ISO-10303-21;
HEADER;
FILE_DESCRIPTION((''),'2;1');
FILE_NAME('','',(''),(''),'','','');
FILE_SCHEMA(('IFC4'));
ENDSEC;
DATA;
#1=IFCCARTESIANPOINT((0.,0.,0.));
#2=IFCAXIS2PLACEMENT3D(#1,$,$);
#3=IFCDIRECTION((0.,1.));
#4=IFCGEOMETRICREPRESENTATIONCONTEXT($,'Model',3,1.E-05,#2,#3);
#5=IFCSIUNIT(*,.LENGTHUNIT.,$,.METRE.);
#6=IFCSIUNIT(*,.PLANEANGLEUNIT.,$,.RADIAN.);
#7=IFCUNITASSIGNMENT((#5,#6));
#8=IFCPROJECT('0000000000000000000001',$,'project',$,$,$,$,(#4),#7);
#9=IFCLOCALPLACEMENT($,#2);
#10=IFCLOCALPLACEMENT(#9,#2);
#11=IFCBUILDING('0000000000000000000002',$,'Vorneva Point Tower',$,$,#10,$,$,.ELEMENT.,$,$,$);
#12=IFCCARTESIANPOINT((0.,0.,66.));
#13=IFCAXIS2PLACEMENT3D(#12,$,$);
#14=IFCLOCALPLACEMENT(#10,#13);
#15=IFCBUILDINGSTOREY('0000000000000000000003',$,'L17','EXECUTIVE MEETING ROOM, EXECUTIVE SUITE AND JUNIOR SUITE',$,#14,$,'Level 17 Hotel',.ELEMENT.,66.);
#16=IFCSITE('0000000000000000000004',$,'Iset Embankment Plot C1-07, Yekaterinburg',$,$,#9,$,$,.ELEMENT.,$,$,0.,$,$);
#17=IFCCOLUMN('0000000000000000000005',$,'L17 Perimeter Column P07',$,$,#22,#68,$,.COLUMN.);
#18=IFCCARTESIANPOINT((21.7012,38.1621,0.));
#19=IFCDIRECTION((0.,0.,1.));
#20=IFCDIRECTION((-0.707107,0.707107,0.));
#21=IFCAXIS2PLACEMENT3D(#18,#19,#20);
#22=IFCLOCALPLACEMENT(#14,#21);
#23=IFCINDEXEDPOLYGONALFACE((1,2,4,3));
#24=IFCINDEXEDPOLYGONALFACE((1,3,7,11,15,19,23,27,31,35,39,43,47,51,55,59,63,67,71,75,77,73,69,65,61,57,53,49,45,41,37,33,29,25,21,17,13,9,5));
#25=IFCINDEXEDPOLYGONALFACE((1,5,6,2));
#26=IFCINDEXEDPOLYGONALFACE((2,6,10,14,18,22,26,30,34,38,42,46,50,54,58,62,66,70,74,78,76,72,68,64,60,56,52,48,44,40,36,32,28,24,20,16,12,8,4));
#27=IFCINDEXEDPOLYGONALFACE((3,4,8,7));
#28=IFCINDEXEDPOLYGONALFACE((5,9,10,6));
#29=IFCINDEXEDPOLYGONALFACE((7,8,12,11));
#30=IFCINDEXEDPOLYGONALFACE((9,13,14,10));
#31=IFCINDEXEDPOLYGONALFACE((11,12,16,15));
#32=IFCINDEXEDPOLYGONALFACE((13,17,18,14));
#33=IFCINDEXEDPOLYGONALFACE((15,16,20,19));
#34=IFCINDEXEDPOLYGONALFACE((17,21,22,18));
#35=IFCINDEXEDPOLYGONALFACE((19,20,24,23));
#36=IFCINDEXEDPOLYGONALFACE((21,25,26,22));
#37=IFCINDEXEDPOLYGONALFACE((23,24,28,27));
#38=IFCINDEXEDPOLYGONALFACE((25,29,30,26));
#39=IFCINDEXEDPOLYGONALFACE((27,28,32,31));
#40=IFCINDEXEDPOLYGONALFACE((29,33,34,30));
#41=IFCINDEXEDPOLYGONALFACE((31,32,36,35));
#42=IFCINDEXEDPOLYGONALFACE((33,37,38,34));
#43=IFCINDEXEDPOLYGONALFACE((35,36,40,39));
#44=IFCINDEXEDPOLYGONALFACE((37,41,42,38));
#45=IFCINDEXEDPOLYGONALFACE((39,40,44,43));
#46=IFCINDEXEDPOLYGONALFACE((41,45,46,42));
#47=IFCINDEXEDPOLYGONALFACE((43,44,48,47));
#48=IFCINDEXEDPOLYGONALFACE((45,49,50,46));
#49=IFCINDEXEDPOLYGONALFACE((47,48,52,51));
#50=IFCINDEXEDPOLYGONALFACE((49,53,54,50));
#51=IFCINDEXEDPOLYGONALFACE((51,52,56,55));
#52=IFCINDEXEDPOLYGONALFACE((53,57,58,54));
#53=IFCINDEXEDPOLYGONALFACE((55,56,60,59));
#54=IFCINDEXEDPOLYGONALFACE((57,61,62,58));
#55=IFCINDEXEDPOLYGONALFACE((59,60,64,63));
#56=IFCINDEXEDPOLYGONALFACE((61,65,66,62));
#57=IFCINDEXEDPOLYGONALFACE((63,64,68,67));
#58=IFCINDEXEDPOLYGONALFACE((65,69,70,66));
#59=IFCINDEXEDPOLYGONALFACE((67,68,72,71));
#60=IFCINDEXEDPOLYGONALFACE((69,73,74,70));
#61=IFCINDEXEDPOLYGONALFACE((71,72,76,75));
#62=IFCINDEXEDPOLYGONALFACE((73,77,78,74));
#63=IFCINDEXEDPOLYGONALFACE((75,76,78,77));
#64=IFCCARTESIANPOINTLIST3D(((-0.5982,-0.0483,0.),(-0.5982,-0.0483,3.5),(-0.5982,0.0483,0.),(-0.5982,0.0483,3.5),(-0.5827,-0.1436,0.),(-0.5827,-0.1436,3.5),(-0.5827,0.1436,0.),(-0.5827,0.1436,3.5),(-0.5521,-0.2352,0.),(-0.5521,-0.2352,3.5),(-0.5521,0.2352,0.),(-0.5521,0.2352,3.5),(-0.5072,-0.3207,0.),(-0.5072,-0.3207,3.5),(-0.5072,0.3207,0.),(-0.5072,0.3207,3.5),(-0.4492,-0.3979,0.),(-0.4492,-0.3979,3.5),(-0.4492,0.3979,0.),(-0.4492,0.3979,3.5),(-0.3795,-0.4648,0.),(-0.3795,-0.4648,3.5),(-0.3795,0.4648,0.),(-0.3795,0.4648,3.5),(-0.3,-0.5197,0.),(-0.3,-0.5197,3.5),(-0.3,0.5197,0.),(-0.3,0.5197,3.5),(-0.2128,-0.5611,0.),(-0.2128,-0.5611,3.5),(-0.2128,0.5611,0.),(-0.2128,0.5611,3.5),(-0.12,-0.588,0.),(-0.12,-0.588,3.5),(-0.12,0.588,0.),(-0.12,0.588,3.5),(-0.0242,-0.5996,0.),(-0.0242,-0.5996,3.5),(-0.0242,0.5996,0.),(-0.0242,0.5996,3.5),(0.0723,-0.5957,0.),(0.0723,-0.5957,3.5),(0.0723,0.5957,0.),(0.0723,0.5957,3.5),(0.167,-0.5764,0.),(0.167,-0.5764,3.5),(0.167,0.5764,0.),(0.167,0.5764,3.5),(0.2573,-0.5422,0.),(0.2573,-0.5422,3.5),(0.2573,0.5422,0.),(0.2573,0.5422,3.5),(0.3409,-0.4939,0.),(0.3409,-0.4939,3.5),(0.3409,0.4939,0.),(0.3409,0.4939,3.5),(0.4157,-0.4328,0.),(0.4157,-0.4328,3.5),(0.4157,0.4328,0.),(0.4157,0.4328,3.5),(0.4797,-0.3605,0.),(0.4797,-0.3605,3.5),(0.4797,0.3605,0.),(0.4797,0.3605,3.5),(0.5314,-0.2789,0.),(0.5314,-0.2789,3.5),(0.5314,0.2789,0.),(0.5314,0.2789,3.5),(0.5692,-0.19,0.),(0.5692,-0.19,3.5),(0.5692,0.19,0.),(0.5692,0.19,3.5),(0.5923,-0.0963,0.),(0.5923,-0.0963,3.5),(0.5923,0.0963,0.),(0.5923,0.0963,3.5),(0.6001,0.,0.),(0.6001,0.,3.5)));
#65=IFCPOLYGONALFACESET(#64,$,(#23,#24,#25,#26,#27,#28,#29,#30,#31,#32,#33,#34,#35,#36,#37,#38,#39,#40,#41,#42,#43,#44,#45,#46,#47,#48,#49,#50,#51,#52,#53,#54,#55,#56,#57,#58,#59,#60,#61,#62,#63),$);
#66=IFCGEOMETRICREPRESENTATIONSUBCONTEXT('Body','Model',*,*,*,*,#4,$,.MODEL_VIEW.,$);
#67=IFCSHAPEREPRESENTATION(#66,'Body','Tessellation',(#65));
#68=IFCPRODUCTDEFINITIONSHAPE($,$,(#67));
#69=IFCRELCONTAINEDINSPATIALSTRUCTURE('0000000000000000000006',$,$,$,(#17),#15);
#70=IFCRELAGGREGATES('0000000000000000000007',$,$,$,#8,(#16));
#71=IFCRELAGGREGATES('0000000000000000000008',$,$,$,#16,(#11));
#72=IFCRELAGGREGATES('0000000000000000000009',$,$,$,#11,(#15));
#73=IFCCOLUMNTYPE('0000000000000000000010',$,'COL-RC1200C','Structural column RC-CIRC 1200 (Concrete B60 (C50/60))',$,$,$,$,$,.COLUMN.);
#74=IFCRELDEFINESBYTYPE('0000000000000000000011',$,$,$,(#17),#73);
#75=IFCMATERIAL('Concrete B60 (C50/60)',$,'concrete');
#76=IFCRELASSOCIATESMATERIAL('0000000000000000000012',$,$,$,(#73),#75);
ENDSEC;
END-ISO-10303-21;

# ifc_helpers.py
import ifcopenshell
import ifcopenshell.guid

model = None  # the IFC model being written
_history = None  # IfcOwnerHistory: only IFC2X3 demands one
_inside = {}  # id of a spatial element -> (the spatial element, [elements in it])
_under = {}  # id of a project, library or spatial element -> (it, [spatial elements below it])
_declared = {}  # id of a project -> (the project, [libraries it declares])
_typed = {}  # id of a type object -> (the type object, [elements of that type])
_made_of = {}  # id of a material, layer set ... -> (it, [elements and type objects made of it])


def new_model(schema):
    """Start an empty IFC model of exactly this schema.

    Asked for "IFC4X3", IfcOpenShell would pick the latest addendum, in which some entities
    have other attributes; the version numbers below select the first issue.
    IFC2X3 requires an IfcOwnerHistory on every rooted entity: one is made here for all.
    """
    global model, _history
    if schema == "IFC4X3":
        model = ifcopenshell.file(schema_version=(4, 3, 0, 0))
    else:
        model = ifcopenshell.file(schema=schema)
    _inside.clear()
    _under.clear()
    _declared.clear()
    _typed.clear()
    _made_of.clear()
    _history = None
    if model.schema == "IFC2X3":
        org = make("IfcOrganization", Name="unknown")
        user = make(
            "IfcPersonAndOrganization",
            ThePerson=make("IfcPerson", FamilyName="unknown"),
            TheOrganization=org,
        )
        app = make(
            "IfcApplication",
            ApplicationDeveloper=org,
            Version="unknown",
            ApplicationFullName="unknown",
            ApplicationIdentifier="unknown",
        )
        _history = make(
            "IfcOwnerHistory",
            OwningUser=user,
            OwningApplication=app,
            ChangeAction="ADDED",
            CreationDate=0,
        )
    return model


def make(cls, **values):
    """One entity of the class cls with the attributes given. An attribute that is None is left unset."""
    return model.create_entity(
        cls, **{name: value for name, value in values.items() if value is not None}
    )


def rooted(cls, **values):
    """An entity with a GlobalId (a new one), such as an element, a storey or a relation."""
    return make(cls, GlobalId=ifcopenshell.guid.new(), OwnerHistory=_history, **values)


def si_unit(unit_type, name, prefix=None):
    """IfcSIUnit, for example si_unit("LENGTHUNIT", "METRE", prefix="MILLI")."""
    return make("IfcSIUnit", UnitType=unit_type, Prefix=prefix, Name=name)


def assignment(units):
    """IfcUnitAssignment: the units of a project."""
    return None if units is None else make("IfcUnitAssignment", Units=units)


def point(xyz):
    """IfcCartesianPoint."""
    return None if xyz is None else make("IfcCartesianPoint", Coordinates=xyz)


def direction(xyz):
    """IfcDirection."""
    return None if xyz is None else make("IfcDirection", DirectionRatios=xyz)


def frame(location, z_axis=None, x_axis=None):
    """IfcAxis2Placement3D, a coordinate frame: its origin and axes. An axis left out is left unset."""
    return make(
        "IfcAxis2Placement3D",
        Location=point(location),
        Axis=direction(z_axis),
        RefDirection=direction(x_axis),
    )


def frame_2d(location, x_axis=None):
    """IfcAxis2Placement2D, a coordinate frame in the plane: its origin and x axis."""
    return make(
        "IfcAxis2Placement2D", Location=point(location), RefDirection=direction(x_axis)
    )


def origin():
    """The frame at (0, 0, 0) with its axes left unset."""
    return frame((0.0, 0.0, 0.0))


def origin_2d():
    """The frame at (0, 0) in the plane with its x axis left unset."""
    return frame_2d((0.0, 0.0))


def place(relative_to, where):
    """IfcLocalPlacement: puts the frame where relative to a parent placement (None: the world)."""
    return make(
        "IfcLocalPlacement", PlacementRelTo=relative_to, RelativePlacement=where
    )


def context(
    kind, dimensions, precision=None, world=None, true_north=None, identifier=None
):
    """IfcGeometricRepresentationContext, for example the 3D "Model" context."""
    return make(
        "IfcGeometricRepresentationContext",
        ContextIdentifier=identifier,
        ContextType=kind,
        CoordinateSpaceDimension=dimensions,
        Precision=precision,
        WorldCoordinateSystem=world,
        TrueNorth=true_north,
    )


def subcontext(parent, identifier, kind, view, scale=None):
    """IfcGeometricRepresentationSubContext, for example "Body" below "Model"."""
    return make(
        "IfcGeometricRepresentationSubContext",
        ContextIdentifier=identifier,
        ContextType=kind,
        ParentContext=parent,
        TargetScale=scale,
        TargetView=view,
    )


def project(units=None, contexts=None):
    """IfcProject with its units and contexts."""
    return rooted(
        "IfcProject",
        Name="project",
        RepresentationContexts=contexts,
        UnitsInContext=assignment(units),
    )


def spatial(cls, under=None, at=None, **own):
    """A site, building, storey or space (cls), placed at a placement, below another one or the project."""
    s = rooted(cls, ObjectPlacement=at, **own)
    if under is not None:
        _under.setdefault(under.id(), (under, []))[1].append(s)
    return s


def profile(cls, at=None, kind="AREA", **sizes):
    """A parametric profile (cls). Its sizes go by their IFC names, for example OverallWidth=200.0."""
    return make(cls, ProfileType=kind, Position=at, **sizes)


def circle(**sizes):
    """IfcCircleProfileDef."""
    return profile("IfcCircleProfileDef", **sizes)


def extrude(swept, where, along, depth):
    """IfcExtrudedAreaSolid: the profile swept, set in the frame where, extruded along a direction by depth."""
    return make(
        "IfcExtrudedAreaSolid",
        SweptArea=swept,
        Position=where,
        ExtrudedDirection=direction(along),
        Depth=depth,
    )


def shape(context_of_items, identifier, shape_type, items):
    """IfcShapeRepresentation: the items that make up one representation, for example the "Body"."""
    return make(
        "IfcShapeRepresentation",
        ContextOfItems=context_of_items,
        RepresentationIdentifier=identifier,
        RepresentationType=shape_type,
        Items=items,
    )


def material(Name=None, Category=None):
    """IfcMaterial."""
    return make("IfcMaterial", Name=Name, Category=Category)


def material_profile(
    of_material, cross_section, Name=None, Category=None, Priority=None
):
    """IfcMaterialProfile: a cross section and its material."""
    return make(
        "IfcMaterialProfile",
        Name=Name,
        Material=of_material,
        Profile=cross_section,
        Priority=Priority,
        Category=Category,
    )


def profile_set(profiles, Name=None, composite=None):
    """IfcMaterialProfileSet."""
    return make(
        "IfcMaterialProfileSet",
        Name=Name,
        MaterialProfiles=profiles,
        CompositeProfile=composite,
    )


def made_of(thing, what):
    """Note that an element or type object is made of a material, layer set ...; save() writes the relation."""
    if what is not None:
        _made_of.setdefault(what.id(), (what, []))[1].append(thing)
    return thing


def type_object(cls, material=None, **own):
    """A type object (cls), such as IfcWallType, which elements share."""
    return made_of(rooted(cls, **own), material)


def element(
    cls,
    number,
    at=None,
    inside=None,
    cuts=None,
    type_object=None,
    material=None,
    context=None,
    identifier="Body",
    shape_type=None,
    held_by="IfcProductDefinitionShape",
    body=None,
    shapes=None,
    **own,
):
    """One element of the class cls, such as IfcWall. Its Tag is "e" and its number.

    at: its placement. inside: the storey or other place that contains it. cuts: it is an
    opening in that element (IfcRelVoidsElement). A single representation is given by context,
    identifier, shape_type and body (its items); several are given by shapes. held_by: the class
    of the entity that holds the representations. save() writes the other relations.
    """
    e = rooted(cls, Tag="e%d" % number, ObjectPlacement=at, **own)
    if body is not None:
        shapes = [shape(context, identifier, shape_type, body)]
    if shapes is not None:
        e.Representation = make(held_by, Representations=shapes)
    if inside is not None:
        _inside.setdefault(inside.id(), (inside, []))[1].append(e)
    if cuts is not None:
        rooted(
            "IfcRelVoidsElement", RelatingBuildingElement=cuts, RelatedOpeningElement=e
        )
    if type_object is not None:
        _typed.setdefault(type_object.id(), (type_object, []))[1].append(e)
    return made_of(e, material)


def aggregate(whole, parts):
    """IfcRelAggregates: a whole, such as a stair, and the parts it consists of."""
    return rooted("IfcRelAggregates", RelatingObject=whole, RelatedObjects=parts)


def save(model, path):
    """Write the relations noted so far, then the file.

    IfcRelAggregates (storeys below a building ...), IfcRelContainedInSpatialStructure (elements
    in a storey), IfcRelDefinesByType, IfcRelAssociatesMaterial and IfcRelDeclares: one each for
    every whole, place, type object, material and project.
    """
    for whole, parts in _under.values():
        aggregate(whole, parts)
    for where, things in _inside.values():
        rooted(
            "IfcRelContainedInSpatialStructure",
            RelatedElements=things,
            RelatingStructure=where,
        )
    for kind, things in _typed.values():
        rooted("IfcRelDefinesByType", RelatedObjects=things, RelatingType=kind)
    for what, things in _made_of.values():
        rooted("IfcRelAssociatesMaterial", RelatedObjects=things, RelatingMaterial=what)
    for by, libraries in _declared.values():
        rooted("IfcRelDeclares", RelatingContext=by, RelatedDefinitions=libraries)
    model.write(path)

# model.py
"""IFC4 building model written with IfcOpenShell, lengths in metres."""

from ifc_helpers import new_model, si_unit, direction, frame, origin, origin_2d, place, context, subcontext, project, spatial, circle, extrude, material, material_profile, profile_set, type_object, element, save


model = new_model("IFC4")

# Units and contexts
model_context = context("Model", 3, precision=1e-05, world=origin(), true_north=direction((0.0, 1.0)))
body_context = subcontext(model_context, "Body", "Model", "MODEL_VIEW")
ifc_project = project(units=[si_unit("LENGTHUNIT", "METRE"), si_unit("PLANEANGLEUNIT", "RADIAN")], contexts=[model_context])

# Site, building, storey
site_placement = place(None, origin())
site = spatial("IfcSite", under=ifc_project, at=site_placement, Name="Iset Embankment Plot C1-07, Yekaterinburg", CompositionType="ELEMENT", RefElevation=0.0)
building_placement = place(site_placement, origin())
building = spatial("IfcBuilding", under=site, at=building_placement, Name="Vorneva Point Tower", CompositionType="ELEMENT")
storey_placement = place(building_placement, frame((0.0, 0.0, 66.0)))
storey = spatial("IfcBuildingStorey", under=building, at=storey_placement, Name="L17", Description="EXECUTIVE MEETING ROOM, EXECUTIVE SUITE AND JUNIOR SUITE", LongName="Level 17 Hotel", CompositionType="ELEMENT", Elevation=66.0)

# Column
ifc_material_1 = material(Name="Concrete B60 (C50/60)", Category="concrete")
ifc_material_profile_1 = material_profile(ifc_material_1, circle(Radius=0.6001, at=origin_2d()), Name="RC-CIRC 1200")
ifc_profile_set_1 = profile_set([ifc_material_profile_1], Name="Concrete B60 (C50/60)")
column_type_1 = type_object("IfcColumnType", Name="COL-RC1200C", Description="Structural column RC-CIRC 1200 (Concrete B60 (C50/60))", PredefinedType="COLUMN", material=ifc_profile_set_1)
column_placement = place(storey_placement, frame((21.7012, 38.1621, 0.0), z_axis=(0.0, 0.0, 1.0), x_axis=(-0.707107, 0.707107, 0.0)))
element("IfcColumn", 1, at=column_placement, inside=storey, type_object=column_type_1, Name="L17 Perimeter Column P07", PredefinedType="COLUMN", context=body_context, shape_type="SweptSolid", body=[
    extrude(circle(Radius=0.6001, at=origin_2d()), origin(), (0.0, 0.0, 1.0), 3.5),
])

save(model, "model.ifc")
